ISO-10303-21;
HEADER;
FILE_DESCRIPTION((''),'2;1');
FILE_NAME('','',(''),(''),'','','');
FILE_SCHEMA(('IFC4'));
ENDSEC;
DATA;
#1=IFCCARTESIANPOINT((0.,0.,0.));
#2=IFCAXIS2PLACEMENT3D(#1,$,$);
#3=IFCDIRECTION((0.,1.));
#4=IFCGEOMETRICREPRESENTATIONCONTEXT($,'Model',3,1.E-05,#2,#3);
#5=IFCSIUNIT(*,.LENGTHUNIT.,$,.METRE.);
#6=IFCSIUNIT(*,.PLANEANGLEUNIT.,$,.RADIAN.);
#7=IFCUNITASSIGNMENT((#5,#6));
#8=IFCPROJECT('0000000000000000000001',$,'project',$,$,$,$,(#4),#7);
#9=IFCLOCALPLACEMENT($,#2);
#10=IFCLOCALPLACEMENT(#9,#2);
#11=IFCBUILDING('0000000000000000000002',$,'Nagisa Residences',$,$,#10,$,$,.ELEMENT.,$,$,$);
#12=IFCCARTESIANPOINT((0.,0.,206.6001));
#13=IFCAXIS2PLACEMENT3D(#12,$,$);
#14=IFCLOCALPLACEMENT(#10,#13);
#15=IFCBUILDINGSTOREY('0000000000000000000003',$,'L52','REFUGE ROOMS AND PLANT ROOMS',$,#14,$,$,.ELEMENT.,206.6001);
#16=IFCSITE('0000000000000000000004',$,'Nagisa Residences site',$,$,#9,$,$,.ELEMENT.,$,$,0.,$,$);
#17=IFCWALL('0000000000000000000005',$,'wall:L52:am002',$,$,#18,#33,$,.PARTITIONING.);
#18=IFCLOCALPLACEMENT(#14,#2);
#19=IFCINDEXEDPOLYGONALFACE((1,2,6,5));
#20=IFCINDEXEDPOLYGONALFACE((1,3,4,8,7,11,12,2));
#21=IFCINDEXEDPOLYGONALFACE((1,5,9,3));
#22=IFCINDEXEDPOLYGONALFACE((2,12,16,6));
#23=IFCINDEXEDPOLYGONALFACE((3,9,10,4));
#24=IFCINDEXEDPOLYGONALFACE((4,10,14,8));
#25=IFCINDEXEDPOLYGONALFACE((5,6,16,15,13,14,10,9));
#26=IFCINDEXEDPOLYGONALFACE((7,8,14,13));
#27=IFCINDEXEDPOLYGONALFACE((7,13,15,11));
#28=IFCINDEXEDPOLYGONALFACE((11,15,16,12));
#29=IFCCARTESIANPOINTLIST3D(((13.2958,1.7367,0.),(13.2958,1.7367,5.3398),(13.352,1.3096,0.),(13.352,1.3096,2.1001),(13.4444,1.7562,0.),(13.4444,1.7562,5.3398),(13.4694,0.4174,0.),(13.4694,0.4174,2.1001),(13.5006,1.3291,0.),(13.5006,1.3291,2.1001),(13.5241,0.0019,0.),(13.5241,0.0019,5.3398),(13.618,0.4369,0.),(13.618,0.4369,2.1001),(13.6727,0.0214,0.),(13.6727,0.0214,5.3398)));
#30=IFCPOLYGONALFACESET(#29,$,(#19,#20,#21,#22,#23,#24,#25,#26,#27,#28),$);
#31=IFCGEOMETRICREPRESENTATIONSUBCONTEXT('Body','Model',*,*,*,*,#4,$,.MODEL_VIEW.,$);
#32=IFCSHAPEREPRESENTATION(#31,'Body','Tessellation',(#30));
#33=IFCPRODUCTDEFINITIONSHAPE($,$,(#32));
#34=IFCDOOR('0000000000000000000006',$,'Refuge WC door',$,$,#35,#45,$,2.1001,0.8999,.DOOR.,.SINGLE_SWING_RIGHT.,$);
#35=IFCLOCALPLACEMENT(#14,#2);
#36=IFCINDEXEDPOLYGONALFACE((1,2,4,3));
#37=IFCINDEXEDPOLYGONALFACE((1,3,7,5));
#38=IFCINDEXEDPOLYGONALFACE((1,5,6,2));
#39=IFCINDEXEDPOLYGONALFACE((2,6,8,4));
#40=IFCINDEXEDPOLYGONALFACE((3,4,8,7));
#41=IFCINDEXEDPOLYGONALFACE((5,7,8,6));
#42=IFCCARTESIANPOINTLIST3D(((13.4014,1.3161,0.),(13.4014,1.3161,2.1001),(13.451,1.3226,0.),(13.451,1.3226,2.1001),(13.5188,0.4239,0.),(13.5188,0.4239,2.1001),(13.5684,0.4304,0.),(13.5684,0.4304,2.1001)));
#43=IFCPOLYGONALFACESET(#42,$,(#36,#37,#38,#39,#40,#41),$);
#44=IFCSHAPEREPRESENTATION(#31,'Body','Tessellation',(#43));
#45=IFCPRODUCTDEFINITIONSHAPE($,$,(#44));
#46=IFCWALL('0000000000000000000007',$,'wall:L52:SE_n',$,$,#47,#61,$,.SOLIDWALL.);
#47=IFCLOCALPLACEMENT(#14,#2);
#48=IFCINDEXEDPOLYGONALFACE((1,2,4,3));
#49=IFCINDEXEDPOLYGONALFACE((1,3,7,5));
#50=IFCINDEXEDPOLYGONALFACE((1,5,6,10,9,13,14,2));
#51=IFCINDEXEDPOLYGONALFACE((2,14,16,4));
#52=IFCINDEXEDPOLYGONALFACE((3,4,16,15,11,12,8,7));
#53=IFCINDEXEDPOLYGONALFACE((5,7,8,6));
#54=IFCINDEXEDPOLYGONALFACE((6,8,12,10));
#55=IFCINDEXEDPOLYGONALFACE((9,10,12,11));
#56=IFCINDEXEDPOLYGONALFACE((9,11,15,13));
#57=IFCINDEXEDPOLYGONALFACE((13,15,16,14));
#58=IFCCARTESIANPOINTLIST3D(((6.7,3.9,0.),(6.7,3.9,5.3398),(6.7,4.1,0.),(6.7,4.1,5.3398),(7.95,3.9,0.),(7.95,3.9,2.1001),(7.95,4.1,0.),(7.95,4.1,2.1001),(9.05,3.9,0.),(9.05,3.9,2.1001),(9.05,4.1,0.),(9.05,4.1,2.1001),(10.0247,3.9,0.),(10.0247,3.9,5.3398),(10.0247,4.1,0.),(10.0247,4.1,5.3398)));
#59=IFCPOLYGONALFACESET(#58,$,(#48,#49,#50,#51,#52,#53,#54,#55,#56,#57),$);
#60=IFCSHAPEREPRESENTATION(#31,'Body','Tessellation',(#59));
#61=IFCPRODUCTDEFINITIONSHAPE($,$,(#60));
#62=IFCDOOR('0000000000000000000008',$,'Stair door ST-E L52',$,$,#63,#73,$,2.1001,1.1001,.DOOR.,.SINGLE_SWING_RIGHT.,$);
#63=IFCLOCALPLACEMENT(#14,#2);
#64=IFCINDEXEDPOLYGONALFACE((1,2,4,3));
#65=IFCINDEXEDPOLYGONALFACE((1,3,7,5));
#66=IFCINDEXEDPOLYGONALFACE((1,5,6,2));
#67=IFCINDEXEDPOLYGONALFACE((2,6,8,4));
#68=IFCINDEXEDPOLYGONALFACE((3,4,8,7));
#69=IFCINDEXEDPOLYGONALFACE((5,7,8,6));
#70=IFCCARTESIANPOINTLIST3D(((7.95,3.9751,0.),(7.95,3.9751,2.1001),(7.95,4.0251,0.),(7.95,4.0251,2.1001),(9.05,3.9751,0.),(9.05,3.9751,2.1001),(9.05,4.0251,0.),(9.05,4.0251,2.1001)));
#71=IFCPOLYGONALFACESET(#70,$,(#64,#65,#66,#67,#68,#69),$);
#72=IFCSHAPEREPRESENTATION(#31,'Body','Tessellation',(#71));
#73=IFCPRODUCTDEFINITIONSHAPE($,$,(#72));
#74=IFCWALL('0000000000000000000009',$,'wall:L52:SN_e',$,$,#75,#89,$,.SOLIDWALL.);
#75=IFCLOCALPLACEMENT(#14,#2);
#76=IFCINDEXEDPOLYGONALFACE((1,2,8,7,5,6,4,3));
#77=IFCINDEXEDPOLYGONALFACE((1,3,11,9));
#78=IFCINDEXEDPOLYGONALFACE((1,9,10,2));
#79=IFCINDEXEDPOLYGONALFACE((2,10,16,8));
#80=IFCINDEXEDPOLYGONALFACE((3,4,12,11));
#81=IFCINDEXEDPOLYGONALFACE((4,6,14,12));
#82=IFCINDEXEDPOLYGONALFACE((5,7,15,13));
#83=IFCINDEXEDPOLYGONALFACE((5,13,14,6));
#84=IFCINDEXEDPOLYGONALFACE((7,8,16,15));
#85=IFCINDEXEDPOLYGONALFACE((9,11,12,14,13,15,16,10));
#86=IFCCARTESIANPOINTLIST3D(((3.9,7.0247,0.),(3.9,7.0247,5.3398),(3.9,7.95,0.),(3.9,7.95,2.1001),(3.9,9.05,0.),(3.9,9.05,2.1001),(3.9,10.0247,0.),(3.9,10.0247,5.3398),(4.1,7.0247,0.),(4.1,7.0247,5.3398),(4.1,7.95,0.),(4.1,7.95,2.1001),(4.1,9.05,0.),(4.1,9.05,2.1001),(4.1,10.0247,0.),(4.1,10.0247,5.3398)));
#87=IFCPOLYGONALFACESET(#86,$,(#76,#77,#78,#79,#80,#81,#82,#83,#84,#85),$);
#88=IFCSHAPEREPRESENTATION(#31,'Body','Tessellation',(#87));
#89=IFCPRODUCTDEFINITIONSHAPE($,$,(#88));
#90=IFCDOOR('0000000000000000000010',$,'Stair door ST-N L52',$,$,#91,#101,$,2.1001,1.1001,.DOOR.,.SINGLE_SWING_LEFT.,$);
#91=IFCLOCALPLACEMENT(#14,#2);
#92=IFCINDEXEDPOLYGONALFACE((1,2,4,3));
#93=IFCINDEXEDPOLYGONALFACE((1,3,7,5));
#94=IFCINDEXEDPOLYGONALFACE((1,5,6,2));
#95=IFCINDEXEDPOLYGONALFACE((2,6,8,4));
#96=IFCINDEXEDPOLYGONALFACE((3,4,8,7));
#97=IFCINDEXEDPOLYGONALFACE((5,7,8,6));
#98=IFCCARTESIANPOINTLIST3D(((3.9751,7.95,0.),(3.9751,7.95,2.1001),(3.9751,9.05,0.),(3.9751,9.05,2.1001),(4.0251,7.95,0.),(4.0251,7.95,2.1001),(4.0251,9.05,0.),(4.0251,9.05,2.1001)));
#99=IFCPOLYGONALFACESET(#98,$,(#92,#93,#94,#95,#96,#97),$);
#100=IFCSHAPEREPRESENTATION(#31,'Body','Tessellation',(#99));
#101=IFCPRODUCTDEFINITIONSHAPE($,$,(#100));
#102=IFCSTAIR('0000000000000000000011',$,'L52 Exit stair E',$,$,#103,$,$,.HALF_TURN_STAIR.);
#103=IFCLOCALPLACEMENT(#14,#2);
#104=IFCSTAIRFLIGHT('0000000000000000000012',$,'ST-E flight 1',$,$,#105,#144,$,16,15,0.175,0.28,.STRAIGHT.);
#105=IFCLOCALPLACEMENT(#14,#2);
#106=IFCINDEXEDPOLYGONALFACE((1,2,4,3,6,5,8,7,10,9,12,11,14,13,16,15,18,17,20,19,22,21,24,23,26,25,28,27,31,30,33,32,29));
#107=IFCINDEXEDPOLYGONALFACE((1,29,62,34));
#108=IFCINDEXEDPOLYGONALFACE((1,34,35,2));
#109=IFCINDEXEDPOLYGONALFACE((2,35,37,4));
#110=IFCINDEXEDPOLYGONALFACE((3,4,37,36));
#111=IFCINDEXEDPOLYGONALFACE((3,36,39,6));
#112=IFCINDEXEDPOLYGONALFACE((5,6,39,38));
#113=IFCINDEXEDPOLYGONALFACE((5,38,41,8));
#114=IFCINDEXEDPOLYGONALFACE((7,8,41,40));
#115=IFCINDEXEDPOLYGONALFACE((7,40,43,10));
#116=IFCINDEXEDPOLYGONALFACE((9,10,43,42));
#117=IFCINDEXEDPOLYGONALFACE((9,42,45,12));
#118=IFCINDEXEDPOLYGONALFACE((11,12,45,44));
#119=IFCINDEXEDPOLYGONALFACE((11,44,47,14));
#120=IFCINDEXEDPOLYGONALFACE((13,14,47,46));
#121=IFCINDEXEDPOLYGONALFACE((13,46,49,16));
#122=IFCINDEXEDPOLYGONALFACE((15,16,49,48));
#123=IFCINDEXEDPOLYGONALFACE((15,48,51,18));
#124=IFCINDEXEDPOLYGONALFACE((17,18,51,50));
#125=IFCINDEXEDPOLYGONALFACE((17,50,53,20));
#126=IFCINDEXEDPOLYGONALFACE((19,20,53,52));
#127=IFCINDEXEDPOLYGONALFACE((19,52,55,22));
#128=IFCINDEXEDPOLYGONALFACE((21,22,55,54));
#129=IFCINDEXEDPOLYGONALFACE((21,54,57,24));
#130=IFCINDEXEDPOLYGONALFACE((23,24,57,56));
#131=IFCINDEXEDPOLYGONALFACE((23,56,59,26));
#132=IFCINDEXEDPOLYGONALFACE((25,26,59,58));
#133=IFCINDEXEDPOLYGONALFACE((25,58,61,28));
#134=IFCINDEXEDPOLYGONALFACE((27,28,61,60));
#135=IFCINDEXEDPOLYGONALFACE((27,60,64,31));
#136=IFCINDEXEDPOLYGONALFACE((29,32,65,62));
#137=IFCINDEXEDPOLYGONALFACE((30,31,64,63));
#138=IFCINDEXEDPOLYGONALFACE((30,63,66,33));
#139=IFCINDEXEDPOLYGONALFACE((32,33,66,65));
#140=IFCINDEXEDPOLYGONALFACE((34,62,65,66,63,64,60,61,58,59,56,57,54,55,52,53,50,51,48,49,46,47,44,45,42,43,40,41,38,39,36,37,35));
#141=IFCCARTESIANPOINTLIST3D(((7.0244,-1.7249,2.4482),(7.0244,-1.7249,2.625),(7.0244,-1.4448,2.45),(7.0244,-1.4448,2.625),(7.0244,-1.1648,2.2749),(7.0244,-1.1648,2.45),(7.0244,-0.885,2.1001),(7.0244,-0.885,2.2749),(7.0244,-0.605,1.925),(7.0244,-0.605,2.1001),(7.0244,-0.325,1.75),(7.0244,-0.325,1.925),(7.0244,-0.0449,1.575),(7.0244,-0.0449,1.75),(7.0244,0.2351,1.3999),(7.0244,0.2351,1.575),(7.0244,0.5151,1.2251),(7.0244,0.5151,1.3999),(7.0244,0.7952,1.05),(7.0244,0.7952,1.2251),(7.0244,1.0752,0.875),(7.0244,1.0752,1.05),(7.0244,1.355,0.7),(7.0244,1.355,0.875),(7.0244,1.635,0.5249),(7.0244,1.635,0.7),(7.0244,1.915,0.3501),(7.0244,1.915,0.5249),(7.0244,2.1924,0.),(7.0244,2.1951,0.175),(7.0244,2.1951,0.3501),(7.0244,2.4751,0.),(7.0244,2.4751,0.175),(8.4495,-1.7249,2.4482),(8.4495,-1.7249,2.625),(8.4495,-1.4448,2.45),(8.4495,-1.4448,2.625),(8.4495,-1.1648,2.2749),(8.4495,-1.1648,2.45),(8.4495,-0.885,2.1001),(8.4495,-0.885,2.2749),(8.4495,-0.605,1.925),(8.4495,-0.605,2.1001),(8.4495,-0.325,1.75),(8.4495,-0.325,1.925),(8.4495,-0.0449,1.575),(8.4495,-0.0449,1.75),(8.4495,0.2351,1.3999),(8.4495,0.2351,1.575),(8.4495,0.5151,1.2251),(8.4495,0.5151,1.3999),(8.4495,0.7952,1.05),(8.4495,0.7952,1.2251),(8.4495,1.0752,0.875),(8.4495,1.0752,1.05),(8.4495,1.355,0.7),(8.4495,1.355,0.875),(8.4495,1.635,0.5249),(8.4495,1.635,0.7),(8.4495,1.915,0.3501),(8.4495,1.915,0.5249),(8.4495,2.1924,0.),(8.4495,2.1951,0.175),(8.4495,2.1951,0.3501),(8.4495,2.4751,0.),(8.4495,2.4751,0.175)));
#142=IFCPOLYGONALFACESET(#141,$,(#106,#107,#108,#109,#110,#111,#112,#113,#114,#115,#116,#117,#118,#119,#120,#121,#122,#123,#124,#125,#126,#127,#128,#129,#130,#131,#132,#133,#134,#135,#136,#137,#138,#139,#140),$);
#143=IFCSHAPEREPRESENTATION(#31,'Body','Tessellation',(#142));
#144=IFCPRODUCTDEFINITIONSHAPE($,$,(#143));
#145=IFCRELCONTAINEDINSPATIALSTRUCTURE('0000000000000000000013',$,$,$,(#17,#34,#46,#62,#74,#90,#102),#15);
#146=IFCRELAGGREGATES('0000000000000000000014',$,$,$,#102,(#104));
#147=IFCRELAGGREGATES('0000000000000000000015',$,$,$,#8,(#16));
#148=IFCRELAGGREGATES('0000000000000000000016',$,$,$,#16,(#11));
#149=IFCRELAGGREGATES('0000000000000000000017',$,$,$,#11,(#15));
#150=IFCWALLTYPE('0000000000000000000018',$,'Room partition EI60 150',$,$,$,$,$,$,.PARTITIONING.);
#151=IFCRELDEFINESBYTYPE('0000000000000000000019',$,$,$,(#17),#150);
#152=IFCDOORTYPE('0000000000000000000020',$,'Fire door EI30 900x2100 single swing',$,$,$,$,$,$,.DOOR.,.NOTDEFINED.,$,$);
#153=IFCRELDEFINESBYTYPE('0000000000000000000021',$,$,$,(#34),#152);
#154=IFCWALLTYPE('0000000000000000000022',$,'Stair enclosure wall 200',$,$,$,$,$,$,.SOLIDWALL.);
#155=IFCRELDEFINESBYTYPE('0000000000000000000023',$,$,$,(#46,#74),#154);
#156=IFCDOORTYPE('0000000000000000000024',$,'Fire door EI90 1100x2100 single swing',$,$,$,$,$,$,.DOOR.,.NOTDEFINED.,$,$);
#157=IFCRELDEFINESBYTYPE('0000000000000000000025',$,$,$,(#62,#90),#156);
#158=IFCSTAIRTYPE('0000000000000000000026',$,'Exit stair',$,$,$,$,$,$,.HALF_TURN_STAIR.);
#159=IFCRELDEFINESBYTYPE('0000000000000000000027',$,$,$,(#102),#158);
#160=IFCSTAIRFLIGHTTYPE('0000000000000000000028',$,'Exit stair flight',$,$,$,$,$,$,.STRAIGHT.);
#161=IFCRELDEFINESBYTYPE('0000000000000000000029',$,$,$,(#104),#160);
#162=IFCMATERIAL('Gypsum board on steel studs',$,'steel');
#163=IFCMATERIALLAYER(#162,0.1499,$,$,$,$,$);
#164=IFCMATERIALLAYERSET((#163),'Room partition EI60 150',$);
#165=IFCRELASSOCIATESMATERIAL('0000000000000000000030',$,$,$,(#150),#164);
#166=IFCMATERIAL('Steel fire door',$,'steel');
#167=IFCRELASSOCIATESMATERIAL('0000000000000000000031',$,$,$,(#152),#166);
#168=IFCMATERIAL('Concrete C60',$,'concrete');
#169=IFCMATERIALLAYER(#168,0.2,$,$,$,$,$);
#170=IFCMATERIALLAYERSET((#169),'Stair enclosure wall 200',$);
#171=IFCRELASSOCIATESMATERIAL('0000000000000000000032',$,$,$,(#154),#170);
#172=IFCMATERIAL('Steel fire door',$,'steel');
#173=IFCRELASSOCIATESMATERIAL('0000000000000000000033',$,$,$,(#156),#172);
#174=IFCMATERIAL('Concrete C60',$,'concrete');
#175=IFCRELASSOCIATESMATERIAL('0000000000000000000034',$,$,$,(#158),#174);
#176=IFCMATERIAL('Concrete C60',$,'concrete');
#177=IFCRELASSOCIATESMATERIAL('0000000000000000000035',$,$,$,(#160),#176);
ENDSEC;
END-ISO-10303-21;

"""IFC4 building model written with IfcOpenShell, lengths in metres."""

from ifc_helpers import new_model, si_unit, direction, frame, frame_2d, origin, place, context, subcontext, project, spatial, polyline, rectangle, outline, extrude, material, layer, layer_set, type_object, element, fill, aggregate, save


model = new_model("IFC4")

# Units and contexts
model_context = context("Model", 3, precision=1e-05, world=origin(), true_north=direction((0.0, 1.0)))
body_context = subcontext(model_context, "Body", "Model", "MODEL_VIEW")
ifc_project = project(units=[si_unit("LENGTHUNIT", "METRE"), si_unit("PLANEANGLEUNIT", "RADIAN")], contexts=[model_context])

# Site, building, storey
site_placement = place(None, origin())
site = spatial("IfcSite", under=ifc_project, at=site_placement, Name="Nagisa Residences site", CompositionType="ELEMENT", RefElevation=0.0)
building_placement = place(site_placement, origin())
building = spatial("IfcBuilding", under=site, at=building_placement, Name="Nagisa Residences", CompositionType="ELEMENT")
storey_placement = place(building_placement, frame((0.0, 0.0, 206.6001)))
storey = spatial("IfcBuildingStorey", under=building, at=storey_placement, Name="L52", Description="REFUGE ROOMS AND PLANT ROOMS", CompositionType="ELEMENT", Elevation=206.6001)

# Walls, openings, doors
ifc_material_1 = material(Name="Gypsum board on steel studs", Category="steel")
ifc_layer_1 = layer(ifc_material_1, 0.1499)
ifc_layer_set_1 = layer_set([ifc_layer_1], Name="Room partition EI60 150")
wall_type_1 = type_object("IfcWallType", Name="Room partition EI60 150", PredefinedType="PARTITIONING", material=ifc_layer_set_1)
wall_1_placement = place(storey_placement, frame((13.3701, 1.7466, 0.0), z_axis=(0.0, 0.0, 1.0), x_axis=(0.130455, -0.991454, 0.0)))
wall_1 = element("IfcWall", 1, at=wall_1_placement, inside=storey, type_object=wall_type_1, Name="wall:L52:am002", PredefinedType="PARTITIONING", context=body_context, shape_type="SweptSolid", body=[
    extrude(rectangle(XDim=1.7498, YDim=0.1499, at=frame_2d((0.875, 0.0))), origin(), (0.0, 0.0, 1.0), 5.3398),
])
opening_1_placement = place(wall_1_placement, frame((0.4309, 0.0, 0.0)))
opening_1 = element("IfcOpeningElement", 2, at=opening_1_placement, cuts=wall_1, PredefinedType="OPENING", context=body_context, shape_type="SweptSolid", body=[
    extrude(rectangle(XDim=0.8999, YDim=2.1001, at=frame_2d((0.45, 1.05))), frame((0.0, 0.085, 0.0), z_axis=(0.0, -1.0, 0.0), x_axis=(1.0, 0.0, 0.0)), (0.0, 0.0, 1.0), 0.1699),
])
ifc_material_2 = material(Name="Steel fire door", Category="steel")
door_type_1 = type_object("IfcDoorType", Name="Fire door EI30 900x2100 single swing", OperationType="NOTDEFINED", PredefinedType="DOOR", material=ifc_material_2)
door_1_placement = place(opening_1_placement, origin())
door_1 = element("IfcDoor", 3, at=door_1_placement, inside=storey, type_object=door_type_1, Name="Refuge WC door", OperationType="SINGLE_SWING_RIGHT", OverallHeight=2.1001, OverallWidth=0.8999, PredefinedType="DOOR", context=body_context, shape_type="SweptSolid", body=[
    extrude(rectangle(XDim=0.8999, YDim=2.1001, at=frame_2d((0.45, 1.05))), frame((0.0, 0.0249, 0.0), z_axis=(0.0, -1.0, 0.0), x_axis=(1.0, 0.0, 0.0)), (0.0, 0.0, 1.0), 0.05),
])
fill(opening_1, door_1)
ifc_material_3 = material(Name="Concrete C60", Category="concrete")
ifc_layer_2 = layer(ifc_material_3, 0.2)
ifc_layer_set_2 = layer_set([ifc_layer_2], Name="Stair enclosure wall 200")
wall_type_2 = type_object("IfcWallType", Name="Stair enclosure wall 200", PredefinedType="SOLIDWALL", material=ifc_layer_set_2)
wall_2_placement = place(storey_placement, frame((6.7, 4.0, 0.0), z_axis=(0.0, 0.0, 1.0), x_axis=(1.0, 0.0, 0.0)))
wall_2 = element("IfcWall", 4, at=wall_2_placement, inside=storey, type_object=wall_type_2, Name="wall:L52:SE_n", PredefinedType="SOLIDWALL", context=body_context, shape_type="SweptSolid", body=[
    extrude(rectangle(XDim=3.3247, YDim=0.2, at=frame_2d((1.6624, 0.0))), origin(), (0.0, 0.0, 1.0), 5.3398),
])
opening_2_placement = place(wall_2_placement, frame((1.25, 0.0, 0.0)))
opening_2 = element("IfcOpeningElement", 5, at=opening_2_placement, cuts=wall_2, PredefinedType="OPENING", context=body_context, shape_type="SweptSolid", body=[
    extrude(rectangle(XDim=1.1001, YDim=2.1001, at=frame_2d((0.55, 1.05))), frame((0.0, 0.1099, 0.0), z_axis=(0.0, -1.0, 0.0), x_axis=(1.0, 0.0, 0.0)), (0.0, 0.0, 1.0), 0.22),
])
ifc_material_4 = material(Name="Steel fire door", Category="steel")
door_type_2 = type_object("IfcDoorType", Name="Fire door EI90 1100x2100 single swing", OperationType="NOTDEFINED", PredefinedType="DOOR", material=ifc_material_4)
door_2_placement = place(opening_2_placement, frame((1.1001, 0.0, 0.0), x_axis=(-1.0, 0.0, 0.0)))
door_2 = element("IfcDoor", 6, at=door_2_placement, inside=storey, type_object=door_type_2, Name="Stair door ST-E L52", OperationType="SINGLE_SWING_RIGHT", OverallHeight=2.1001, OverallWidth=1.1001, PredefinedType="DOOR", context=body_context, shape_type="SweptSolid", body=[
    extrude(rectangle(XDim=1.1001, YDim=2.1001, at=frame_2d((0.55, 1.05))), frame((0.0, 0.0249, 0.0), z_axis=(0.0, -1.0, 0.0), x_axis=(1.0, 0.0, 0.0)), (0.0, 0.0, 1.0), 0.05),
])
fill(opening_2, door_2)
wall_3_placement = place(storey_placement, frame((4.0, 7.0247, 0.0), z_axis=(0.0, 0.0, 1.0), x_axis=(0.0, 1.0, 0.0)))
wall_3 = element("IfcWall", 7, at=wall_3_placement, inside=storey, type_object=wall_type_2, Name="wall:L52:SN_e", PredefinedType="SOLIDWALL", context=body_context, shape_type="SweptSolid", body=[
    extrude(rectangle(XDim=3.0, YDim=0.2, at=frame_2d((1.5, 0.0))), origin(), (0.0, 0.0, 1.0), 5.3398),
])
opening_3_placement = place(wall_3_placement, frame((0.9253, 0.0, 0.0)))
opening_3 = element("IfcOpeningElement", 8, at=opening_3_placement, cuts=wall_3, PredefinedType="OPENING", context=body_context, shape_type="SweptSolid", body=[
    extrude(rectangle(XDim=1.1001, YDim=2.1001, at=frame_2d((0.55, 1.05))), frame((0.0, 0.1099, 0.0), z_axis=(0.0, -1.0, 0.0), x_axis=(1.0, 0.0, 0.0)), (0.0, 0.0, 1.0), 0.22),
])
door_3_placement = place(opening_3_placement, origin())
door_3 = element("IfcDoor", 9, at=door_3_placement, inside=storey, type_object=door_type_2, Name="Stair door ST-N L52", OperationType="SINGLE_SWING_LEFT", OverallHeight=2.1001, OverallWidth=1.1001, PredefinedType="DOOR", context=body_context, shape_type="SweptSolid", body=[
    extrude(rectangle(XDim=1.1001, YDim=2.1001, at=frame_2d((0.55, 1.05))), frame((0.0, 0.0249, 0.0), z_axis=(0.0, -1.0, 0.0), x_axis=(1.0, 0.0, 0.0)), (0.0, 0.0, 1.0), 0.05),
])
fill(opening_3, door_3)

# Stair, stair flight
ifc_material_5 = material(Name="Concrete C60", Category="concrete")
stair_type = type_object("IfcStairType", Name="Exit stair", PredefinedType="HALF_TURN_STAIR", material=ifc_material_5)
stair_placement = place(storey_placement, origin())
stair = element("IfcStair", 10, at=stair_placement, inside=storey, type_object=stair_type, Name="L52 Exit stair E", PredefinedType="HALF_TURN_STAIR")
ifc_material_6 = material(Name="Concrete C60", Category="concrete")
stair_flight_type = type_object("IfcStairFlightType", Name="Exit stair flight", PredefinedType="STRAIGHT", material=ifc_material_6)
stair_flight_placement = place(storey_placement, frame((7.7371, 2.4751, 0.0), z_axis=(0.0, 0.0, 1.0), x_axis=(0.0, -1.0, 0.0)))
stair_flight = element("IfcStairFlight", 11, at=stair_flight_placement, type_object=stair_flight_type, Name="ST-E flight 1", NumberOfRisers=16, NumberOfTreads=15, PredefinedType="STRAIGHT", RiserHeight=0.175, TreadLength=0.28, context=body_context, shape_type="SweptSolid", body=[
    extrude(outline(polyline([(0.0, 0.0), (0.0, 0.175), (0.28, 0.175), (0.28, 0.3501), (0.5601, 0.3501), (0.5601, 0.5249), (0.8401, 0.5249), (0.8401, 0.7), (1.1201, 0.7), (1.1201, 0.875), (1.3999, 0.875), (1.3999, 1.05), (1.6799, 1.05), (1.6799, 1.2251), (1.96, 1.2251), (1.96, 1.3999), (2.24, 1.3999), (2.24, 1.575), (2.52, 1.575), (2.52, 1.75), (2.8, 1.75), (2.8, 1.925), (3.0801, 1.925), (3.0801, 2.1001), (3.3601, 2.1001), (3.3601, 2.2749), (3.6399, 2.2749), (3.6399, 2.45), (3.9199, 2.45), (3.9199, 2.625), (4.2, 2.625), (4.2, 2.8), (4.2, 2.4482), (0.2827, 0.0), (0.0, 0.0)])), frame((0.0, 0.7124, 0.0), z_axis=(0.0, -1.0, 0.0), x_axis=(1.0, 0.0, 0.0)), (0.0, 0.0, 1.0), 1.425),
])
aggregate(stair, [stair_flight])

save(model, "model.ifc")
